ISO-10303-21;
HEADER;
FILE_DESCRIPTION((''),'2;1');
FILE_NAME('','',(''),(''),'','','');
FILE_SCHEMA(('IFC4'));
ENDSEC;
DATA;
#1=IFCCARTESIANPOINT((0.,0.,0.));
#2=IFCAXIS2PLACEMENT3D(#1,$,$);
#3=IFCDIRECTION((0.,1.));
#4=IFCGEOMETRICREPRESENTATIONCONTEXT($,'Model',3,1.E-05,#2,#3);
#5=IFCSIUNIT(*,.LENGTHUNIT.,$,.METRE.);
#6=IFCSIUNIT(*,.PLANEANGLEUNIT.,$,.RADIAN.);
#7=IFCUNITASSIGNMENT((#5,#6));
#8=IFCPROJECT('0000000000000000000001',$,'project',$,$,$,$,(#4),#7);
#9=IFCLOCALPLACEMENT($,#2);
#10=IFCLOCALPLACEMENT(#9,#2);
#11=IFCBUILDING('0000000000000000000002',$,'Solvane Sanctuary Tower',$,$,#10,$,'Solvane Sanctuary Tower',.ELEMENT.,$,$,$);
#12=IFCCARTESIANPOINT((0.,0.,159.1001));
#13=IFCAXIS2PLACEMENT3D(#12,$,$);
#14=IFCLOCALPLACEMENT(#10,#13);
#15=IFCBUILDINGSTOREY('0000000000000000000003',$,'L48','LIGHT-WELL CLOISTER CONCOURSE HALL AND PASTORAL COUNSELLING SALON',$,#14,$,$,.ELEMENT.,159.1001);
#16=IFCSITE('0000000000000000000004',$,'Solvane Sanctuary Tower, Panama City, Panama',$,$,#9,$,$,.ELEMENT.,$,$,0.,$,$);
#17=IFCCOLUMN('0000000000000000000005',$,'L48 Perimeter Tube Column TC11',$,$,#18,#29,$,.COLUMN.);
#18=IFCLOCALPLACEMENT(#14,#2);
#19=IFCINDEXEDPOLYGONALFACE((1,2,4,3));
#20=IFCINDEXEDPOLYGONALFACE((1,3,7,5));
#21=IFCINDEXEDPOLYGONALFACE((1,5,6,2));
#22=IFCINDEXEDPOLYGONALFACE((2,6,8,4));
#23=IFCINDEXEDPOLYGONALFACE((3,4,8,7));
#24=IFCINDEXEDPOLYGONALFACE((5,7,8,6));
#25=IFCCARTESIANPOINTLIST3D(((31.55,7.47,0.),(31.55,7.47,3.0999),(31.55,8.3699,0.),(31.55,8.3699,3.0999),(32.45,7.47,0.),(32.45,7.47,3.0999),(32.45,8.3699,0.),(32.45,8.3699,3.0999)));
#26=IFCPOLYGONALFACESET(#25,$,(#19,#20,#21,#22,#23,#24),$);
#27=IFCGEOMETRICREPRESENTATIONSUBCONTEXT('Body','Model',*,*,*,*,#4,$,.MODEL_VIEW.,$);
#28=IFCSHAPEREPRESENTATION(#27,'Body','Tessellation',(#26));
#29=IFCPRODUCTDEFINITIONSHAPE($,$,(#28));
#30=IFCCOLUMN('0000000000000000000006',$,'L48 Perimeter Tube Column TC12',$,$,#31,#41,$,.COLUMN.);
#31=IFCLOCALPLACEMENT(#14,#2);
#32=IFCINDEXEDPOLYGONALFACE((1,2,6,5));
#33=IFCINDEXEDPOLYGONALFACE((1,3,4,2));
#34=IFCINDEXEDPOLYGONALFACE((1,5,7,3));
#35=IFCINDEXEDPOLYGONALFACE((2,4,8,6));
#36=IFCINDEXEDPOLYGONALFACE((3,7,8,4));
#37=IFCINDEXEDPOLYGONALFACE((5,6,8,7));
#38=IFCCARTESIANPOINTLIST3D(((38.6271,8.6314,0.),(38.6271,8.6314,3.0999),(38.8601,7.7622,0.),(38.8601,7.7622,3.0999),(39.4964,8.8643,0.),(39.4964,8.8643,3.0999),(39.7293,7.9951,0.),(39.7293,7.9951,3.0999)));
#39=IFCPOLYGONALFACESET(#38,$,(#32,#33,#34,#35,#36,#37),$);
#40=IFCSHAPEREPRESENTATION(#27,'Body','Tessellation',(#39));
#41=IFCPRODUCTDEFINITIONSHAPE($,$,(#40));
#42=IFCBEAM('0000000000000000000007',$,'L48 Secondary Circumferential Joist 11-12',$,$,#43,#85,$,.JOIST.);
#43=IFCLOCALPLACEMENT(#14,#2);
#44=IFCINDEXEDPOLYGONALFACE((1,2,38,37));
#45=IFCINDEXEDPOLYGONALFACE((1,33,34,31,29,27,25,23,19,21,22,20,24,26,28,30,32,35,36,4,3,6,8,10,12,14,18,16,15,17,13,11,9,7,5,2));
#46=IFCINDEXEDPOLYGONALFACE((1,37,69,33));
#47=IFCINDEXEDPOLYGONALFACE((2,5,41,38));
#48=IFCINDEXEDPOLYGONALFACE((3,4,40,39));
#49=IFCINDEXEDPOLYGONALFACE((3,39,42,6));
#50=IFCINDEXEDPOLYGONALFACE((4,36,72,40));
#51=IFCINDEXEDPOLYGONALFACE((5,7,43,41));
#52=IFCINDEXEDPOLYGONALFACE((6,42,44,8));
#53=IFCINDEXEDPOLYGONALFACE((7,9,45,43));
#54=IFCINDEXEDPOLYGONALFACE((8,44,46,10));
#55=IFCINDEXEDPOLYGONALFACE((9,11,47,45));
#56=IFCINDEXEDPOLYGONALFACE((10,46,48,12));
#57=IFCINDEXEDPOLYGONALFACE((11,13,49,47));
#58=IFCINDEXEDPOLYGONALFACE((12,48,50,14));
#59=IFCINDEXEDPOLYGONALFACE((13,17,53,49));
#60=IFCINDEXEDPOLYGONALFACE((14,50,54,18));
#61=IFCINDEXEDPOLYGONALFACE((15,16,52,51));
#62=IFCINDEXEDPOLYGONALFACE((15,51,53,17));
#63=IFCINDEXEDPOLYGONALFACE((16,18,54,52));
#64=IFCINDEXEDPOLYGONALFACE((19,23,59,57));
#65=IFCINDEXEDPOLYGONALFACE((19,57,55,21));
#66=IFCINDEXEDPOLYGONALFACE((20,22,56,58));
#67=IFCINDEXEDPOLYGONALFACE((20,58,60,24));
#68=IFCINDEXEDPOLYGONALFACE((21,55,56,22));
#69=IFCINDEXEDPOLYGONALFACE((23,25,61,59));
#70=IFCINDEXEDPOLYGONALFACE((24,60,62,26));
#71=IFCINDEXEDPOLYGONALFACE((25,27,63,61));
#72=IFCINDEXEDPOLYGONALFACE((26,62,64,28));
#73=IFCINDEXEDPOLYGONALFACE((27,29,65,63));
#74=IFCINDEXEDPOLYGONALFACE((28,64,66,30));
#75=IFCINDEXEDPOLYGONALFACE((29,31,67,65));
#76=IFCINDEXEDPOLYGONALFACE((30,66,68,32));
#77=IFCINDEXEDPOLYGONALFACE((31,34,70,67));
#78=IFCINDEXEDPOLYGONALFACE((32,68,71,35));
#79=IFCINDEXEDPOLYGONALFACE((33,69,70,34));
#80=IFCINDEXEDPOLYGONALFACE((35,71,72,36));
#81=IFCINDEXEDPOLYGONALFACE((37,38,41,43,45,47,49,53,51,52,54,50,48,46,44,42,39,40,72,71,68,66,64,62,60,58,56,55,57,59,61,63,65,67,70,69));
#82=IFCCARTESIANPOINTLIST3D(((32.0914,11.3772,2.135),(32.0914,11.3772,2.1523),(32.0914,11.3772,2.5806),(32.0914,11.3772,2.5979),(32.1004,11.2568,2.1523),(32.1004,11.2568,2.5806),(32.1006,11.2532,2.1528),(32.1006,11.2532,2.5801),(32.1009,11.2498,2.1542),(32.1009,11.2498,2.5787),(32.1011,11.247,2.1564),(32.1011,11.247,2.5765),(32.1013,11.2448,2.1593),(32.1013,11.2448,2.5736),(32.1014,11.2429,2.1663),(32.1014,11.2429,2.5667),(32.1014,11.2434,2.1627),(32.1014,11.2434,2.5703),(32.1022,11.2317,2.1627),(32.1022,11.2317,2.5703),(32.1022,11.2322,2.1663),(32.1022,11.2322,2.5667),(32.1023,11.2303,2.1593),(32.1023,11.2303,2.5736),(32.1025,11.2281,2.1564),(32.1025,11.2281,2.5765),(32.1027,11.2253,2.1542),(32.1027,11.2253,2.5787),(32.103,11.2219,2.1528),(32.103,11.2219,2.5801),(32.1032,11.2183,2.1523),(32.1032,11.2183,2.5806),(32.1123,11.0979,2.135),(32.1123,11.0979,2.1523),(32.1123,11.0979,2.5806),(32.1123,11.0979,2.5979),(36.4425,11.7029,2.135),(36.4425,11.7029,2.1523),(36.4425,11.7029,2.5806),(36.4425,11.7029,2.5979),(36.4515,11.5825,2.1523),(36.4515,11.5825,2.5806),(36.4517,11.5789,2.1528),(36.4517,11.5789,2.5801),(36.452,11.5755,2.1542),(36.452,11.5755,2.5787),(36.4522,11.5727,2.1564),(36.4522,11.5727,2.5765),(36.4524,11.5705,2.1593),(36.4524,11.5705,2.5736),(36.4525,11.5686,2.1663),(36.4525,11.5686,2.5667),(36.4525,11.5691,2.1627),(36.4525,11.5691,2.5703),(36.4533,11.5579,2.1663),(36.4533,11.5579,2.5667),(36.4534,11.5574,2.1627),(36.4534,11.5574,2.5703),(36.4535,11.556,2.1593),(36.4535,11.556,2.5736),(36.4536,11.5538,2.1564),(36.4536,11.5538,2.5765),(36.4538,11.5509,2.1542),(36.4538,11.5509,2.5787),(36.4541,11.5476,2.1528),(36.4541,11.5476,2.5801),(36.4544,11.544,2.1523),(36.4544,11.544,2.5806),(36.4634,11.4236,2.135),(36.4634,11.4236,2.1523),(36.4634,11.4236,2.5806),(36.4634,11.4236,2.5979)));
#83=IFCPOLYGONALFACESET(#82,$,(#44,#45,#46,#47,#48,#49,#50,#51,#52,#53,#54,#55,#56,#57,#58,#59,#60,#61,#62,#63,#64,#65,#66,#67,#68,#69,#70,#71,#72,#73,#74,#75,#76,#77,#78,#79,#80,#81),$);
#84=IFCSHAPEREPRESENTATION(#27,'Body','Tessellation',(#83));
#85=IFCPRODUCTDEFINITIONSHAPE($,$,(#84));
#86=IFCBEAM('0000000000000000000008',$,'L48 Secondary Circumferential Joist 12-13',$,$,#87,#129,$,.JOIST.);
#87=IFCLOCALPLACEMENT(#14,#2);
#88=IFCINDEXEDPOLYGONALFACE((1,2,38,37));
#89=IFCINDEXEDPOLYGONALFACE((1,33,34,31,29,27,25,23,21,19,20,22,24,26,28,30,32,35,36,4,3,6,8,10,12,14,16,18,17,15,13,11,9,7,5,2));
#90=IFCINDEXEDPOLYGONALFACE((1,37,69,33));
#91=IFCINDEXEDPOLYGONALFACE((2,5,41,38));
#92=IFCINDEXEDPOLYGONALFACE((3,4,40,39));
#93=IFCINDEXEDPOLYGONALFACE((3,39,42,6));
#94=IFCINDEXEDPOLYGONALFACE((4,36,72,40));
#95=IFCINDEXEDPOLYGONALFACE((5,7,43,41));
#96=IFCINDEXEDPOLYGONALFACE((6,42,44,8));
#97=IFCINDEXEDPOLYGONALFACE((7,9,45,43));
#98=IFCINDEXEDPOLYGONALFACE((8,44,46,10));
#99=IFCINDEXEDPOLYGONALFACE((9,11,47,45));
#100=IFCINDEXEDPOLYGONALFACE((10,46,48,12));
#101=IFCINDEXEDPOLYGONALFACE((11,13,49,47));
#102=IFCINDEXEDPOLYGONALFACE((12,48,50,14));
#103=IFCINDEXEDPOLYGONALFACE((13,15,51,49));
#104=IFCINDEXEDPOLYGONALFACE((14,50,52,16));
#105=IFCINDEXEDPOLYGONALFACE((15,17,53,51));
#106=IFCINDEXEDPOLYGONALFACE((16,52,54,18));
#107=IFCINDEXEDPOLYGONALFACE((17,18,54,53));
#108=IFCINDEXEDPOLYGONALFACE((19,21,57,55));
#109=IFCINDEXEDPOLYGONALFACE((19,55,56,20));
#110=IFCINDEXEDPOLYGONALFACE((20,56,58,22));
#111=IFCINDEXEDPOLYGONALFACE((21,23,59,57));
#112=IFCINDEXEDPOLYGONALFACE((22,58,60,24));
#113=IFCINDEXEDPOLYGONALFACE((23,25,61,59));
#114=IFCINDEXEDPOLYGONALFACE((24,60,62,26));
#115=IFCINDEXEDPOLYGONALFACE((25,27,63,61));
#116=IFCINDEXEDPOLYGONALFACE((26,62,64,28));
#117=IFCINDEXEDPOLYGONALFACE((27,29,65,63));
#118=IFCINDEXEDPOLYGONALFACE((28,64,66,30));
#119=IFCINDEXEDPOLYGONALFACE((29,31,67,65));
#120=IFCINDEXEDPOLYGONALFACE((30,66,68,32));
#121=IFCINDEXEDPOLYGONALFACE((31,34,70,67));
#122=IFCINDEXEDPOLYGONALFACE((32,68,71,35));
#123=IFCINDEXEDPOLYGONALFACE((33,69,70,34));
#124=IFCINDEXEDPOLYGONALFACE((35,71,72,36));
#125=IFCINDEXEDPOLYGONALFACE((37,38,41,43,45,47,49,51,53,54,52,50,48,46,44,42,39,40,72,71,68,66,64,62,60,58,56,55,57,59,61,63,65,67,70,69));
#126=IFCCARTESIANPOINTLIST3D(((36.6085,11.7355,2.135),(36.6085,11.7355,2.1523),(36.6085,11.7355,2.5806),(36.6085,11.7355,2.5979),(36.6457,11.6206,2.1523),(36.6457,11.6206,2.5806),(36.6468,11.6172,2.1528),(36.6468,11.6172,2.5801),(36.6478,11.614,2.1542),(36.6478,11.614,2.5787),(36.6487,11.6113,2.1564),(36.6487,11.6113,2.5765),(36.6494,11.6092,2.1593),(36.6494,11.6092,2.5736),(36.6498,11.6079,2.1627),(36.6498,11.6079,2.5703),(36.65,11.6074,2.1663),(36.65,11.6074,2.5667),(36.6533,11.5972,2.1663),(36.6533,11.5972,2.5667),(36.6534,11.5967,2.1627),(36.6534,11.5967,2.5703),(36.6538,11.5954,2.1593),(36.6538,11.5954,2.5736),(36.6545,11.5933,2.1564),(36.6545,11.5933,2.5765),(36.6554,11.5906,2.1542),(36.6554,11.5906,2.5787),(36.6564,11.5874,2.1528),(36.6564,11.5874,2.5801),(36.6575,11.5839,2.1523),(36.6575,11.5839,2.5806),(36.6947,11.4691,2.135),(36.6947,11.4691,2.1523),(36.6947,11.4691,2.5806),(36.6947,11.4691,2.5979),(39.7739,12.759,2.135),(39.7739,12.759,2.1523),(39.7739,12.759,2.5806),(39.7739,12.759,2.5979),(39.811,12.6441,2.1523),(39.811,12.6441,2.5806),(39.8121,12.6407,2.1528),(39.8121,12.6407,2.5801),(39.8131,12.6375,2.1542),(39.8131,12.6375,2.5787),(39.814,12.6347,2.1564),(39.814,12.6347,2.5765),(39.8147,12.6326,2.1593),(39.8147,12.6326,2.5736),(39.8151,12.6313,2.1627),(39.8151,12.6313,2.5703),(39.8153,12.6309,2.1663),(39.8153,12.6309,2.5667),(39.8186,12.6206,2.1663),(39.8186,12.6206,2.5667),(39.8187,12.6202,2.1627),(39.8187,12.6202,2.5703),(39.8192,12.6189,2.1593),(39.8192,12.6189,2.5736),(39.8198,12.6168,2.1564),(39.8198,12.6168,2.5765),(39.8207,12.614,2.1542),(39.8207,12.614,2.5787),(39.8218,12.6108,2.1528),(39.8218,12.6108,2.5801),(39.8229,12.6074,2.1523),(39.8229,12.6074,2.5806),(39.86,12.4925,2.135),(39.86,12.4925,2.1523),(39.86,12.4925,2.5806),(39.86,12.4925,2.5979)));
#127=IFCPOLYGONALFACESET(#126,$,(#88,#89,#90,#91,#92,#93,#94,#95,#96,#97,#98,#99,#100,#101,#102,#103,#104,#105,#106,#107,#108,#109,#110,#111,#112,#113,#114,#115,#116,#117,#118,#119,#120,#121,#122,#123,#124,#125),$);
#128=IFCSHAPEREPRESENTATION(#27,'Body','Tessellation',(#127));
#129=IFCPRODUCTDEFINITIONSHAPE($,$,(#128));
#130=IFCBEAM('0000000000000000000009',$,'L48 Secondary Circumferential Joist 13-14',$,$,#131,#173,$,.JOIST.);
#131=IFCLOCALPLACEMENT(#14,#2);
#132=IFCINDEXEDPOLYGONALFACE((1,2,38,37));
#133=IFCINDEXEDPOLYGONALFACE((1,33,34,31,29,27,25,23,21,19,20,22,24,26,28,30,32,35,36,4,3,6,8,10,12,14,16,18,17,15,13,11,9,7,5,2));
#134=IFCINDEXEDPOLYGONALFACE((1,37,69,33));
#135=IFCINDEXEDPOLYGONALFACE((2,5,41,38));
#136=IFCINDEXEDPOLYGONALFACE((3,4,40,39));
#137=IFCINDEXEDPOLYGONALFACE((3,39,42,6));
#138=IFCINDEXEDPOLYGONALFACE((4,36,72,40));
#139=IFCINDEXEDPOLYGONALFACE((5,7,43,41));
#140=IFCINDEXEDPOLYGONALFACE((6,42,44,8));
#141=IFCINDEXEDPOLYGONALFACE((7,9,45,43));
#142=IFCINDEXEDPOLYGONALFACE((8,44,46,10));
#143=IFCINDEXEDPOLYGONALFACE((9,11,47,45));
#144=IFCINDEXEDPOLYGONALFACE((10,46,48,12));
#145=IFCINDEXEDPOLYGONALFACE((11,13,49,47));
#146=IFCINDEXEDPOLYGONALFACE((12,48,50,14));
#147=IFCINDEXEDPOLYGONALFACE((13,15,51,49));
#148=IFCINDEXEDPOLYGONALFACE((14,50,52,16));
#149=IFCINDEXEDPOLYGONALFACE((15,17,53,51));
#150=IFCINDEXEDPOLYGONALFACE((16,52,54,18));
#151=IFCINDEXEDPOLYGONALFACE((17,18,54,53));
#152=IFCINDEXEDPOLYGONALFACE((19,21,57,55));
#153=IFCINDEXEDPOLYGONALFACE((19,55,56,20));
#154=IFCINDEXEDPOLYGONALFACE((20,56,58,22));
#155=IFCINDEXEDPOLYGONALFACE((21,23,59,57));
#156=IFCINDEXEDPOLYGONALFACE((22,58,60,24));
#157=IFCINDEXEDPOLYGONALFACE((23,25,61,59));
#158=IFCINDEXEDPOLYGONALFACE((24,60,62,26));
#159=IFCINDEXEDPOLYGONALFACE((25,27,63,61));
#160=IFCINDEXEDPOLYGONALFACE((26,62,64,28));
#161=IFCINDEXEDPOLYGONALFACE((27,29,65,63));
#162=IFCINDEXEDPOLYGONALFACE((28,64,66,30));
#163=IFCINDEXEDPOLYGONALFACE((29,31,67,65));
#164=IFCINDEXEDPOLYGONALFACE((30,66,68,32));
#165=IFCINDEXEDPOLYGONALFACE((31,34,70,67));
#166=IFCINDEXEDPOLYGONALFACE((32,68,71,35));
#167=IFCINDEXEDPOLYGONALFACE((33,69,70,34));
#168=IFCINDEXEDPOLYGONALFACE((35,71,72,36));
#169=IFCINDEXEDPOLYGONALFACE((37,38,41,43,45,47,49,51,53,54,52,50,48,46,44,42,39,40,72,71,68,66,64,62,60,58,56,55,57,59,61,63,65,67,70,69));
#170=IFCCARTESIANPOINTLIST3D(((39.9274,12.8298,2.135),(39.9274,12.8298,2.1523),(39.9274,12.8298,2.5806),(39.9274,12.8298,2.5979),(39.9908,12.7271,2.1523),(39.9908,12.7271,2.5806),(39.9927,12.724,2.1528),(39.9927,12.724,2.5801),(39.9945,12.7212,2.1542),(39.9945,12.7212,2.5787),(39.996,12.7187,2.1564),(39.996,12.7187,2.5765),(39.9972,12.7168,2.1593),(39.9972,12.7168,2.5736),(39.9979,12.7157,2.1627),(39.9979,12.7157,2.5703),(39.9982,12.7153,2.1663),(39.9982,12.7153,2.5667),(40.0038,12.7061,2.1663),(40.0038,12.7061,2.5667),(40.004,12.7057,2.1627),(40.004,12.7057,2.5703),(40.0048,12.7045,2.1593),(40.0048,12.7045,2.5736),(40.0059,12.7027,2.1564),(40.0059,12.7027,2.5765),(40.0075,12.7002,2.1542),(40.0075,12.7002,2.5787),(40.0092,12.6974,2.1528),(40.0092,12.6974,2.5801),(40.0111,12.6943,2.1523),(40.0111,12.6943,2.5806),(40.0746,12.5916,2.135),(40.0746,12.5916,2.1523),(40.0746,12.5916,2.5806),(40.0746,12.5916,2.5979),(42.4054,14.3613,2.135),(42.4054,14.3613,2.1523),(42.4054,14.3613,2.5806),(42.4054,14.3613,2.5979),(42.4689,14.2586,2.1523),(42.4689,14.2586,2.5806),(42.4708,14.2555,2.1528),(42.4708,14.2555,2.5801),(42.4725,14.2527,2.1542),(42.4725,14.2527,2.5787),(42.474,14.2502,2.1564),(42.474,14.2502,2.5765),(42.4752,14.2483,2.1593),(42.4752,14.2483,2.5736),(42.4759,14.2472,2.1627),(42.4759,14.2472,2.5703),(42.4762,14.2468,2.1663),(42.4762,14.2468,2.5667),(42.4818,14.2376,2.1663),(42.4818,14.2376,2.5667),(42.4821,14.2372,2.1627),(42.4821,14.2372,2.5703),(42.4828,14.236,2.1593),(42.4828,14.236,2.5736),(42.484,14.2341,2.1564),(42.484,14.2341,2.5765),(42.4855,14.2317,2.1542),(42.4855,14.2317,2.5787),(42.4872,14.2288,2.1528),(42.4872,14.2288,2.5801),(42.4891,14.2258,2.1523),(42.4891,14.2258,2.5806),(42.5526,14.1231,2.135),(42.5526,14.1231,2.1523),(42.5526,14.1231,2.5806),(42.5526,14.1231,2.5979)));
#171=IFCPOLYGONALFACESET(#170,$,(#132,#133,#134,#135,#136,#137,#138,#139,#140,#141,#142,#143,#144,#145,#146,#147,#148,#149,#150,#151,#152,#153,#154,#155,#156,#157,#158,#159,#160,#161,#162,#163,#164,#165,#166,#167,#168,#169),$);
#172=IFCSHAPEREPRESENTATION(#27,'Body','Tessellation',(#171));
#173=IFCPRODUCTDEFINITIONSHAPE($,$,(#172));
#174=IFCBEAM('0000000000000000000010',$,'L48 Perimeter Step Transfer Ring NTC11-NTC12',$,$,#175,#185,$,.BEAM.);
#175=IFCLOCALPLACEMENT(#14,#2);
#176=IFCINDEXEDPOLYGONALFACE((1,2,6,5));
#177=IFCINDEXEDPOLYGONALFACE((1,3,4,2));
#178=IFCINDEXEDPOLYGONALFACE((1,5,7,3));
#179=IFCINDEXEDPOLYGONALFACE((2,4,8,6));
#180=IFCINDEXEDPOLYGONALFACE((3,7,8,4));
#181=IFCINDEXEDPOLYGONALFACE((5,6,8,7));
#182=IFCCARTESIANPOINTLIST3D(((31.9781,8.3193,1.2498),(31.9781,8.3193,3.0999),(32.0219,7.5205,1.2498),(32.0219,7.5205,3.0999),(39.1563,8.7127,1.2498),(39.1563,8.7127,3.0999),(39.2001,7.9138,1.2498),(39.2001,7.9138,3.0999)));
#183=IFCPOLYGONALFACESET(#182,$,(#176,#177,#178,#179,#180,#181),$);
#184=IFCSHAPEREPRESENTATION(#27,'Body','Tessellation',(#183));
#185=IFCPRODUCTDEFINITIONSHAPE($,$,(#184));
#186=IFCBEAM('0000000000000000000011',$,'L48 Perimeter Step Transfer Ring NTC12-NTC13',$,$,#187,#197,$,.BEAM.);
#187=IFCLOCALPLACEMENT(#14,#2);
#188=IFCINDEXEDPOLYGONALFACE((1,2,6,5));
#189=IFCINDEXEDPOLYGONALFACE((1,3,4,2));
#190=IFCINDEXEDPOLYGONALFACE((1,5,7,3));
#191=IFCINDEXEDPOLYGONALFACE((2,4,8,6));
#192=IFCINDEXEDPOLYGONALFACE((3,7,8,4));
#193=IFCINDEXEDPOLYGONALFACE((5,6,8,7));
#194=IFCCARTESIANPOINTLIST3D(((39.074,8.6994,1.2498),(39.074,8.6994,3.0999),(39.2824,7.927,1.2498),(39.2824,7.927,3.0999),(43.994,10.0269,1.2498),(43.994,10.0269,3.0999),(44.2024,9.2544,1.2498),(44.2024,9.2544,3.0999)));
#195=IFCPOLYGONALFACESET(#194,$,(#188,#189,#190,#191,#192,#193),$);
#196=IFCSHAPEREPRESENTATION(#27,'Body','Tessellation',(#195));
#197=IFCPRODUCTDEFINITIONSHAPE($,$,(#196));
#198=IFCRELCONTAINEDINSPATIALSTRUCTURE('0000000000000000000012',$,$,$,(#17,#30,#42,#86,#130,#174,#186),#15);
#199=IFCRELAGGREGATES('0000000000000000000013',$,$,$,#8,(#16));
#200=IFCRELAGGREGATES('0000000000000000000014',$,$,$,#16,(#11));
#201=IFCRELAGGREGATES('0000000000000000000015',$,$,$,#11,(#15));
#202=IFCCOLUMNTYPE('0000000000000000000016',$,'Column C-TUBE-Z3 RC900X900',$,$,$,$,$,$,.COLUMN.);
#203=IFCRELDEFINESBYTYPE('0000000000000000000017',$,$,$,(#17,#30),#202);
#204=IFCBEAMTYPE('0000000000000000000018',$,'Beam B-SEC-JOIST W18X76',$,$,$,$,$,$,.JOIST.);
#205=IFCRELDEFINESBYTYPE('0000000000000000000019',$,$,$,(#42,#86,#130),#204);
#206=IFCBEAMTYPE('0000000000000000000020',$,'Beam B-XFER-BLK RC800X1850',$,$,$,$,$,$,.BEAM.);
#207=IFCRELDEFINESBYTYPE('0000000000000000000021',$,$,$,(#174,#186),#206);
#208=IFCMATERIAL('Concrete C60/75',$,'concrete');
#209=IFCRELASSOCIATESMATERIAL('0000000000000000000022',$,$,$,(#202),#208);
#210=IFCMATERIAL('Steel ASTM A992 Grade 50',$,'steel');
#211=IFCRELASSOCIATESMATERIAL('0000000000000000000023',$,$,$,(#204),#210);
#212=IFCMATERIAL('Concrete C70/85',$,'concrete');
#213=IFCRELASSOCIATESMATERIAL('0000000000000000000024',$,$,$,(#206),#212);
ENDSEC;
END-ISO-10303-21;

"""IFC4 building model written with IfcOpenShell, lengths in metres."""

from ifc_helpers import new_model, si_unit, direction, frame, origin, origin_2d, place, context, subcontext, project, spatial, rectangle, i_section, extrude, material, material_profile, profile_set, type_object, element, save


model = new_model("IFC4")

# Units and contexts
model_context = context("Model", 3, precision=1e-05, world=origin(), true_north=direction((0.0, 1.0)))
body_context = subcontext(model_context, "Body", "Model", "MODEL_VIEW")
ifc_project = project(units=[si_unit("LENGTHUNIT", "METRE"), si_unit("PLANEANGLEUNIT", "RADIAN")], contexts=[model_context])

# Site, building, storey
site_placement = place(None, origin())
site = spatial("IfcSite", under=ifc_project, at=site_placement, Name="Solvane Sanctuary Tower, Panama City, Panama", CompositionType="ELEMENT", RefElevation=0.0)
building_placement = place(site_placement, origin())
building = spatial("IfcBuilding", under=site, at=building_placement, Name="Solvane Sanctuary Tower", LongName="Solvane Sanctuary Tower", CompositionType="ELEMENT")
storey_placement = place(building_placement, frame((0.0, 0.0, 159.1001)))
storey = spatial("IfcBuildingStorey", under=building, at=storey_placement, Name="L48", Description="LIGHT-WELL CLOISTER CONCOURSE HALL AND PASTORAL COUNSELLING SALON", CompositionType="ELEMENT", Elevation=159.1001)

# Columns
ifc_material_1 = material(Name="Concrete C60/75", Category="concrete")
ifc_material_profile_1 = material_profile(ifc_material_1, rectangle(XDim=0.8999, YDim=0.8999, at=origin_2d()), Name="RC900X900")
ifc_profile_set_1 = profile_set([ifc_material_profile_1], Name="Concrete C60/75")
column_type = type_object("IfcColumnType", Name="Column C-TUBE-Z3 RC900X900", PredefinedType="COLUMN", material=ifc_profile_set_1)
for number, where, z_axis, x_axis, name in (
    (1, (32.0, 7.9199, 0.0), (0.0, 0.0, 1.0), (0.0, -1.0, 0.0), "L48 Perimeter Tube Column TC11"),
    (2, (39.1782, 8.3132, 0.0), (0.0, 0.0, 1.0), (0.258819, -0.965926, 0.0), "L48 Perimeter Tube Column TC12"),
):
    element("IfcColumn", number, at=place(storey_placement, frame(where, z_axis=z_axis, x_axis=x_axis)), inside=storey, type_object=column_type, Name=name, PredefinedType="COLUMN", context=body_context, shape_type="SweptSolid", body=[
        extrude(rectangle(XDim=0.8999, YDim=0.8999, at=origin_2d()), origin(), (0.0, 0.0, 1.0), 3.0999),
    ])

# Beams
ifc_material_2 = material(Name="Steel ASTM A992 Grade 50", Category="steel")
ifc_material_profile_2 = material_profile(ifc_material_2, i_section(OverallWidth=0.28, OverallDepth=0.4629, WebThickness=0.0107, FlangeThickness=0.0173, FilletRadius=0.0139, at=origin_2d()), Name="W18X76")
ifc_profile_set_2 = profile_set([ifc_material_profile_2], Name="Steel ASTM A992 Grade 50")
beam_type_1 = type_object("IfcBeamType", Name="Beam B-SEC-JOIST W18X76", PredefinedType="JOIST", material=ifc_profile_set_2)
beam_1_placement = place(storey_placement, frame((32.1018, 11.2375, 2.3665), z_axis=(0.99721, 0.074642, 0.0), x_axis=(-0.074642, 0.99721, 0.0)))
element("IfcBeam", 3, at=beam_1_placement, inside=storey, type_object=beam_type_1, Name="L48 Secondary Circumferential Joist 11-12", PredefinedType="JOIST", context=body_context, shape_type="SweptSolid", body=[
    extrude(i_section(OverallWidth=0.28, OverallDepth=0.4629, WebThickness=0.0107, FlangeThickness=0.0173, FilletRadius=0.0139, at=origin_2d()), origin(), (0.0, 0.0, 1.0), 4.3633),
])
beam_2_placement = place(storey_placement, frame((36.6516, 11.6023, 2.3665), z_axis=(0.9515, 0.30765, 0.0), x_axis=(-0.30765, 0.9515, 0.0)))
element("IfcBeam", 4, at=beam_2_placement, inside=storey, type_object=beam_type_1, Name="L48 Secondary Circumferential Joist 12-13", PredefinedType="JOIST", context=body_context, shape_type="SweptSolid", body=[
    extrude(i_section(OverallWidth=0.28, OverallDepth=0.4629, WebThickness=0.0107, FlangeThickness=0.0173, FilletRadius=0.0139, at=origin_2d()), origin(), (0.0, 0.0, 1.0), 3.3267),
])
beam_3_placement = place(storey_placement, frame((40.001, 12.7107, 2.3665), z_axis=(0.850652, 0.525728, 0.0), x_axis=(-0.525728, 0.850652, 0.0)))
element("IfcBeam", 5, at=beam_3_placement, inside=storey, type_object=beam_type_1, Name="L48 Secondary Circumferential Joist 13-14", PredefinedType="JOIST", context=body_context, shape_type="SweptSolid", body=[
    extrude(i_section(OverallWidth=0.28, OverallDepth=0.4629, WebThickness=0.0107, FlangeThickness=0.0173, FilletRadius=0.0139, at=origin_2d()), origin(), (0.0, 0.0, 1.0), 2.9131),
])
ifc_material_3 = material(Name="Concrete C70/85", Category="concrete")
ifc_material_profile_3 = material_profile(ifc_material_3, rectangle(XDim=0.8, YDim=1.8501, at=origin_2d()), Name="RC800X1850")
ifc_profile_set_3 = profile_set([ifc_material_profile_3], Name="Concrete C70/85")
beam_type_2 = type_object("IfcBeamType", Name="Beam B-XFER-BLK RC800X1850", PredefinedType="BEAM", material=ifc_profile_set_3)
beam_4_placement = place(storey_placement, frame((32.0, 7.9199, 2.1748), z_axis=(0.998502, 0.05471, 0.0), x_axis=(-0.05471, 0.998502, 0.0)))
element("IfcBeam", 6, at=beam_4_placement, inside=storey, type_object=beam_type_2, Name="L48 Perimeter Step Transfer Ring NTC11-NTC12", PredefinedType="BEAM", context=body_context, shape_type="SweptSolid", body=[
    extrude(rectangle(XDim=0.8, YDim=1.8501, at=origin_2d()), origin(), (0.0, 0.0, 1.0), 7.189),
])
beam_5_placement = place(storey_placement, frame((39.1782, 8.3132, 2.1748), z_axis=(0.965478, 0.260485, 0.0), x_axis=(-0.260485, 0.965478, 0.0)))
element("IfcBeam", 7, at=beam_5_placement, inside=storey, type_object=beam_type_2, Name="L48 Perimeter Step Transfer Ring NTC12-NTC13", PredefinedType="BEAM", context=body_context, shape_type="SweptSolid", body=[
    extrude(rectangle(XDim=0.8, YDim=1.8501, at=origin_2d()), origin(), (0.0, 0.0, 1.0), 5.0959),
])

save(model, "model.ifc")
